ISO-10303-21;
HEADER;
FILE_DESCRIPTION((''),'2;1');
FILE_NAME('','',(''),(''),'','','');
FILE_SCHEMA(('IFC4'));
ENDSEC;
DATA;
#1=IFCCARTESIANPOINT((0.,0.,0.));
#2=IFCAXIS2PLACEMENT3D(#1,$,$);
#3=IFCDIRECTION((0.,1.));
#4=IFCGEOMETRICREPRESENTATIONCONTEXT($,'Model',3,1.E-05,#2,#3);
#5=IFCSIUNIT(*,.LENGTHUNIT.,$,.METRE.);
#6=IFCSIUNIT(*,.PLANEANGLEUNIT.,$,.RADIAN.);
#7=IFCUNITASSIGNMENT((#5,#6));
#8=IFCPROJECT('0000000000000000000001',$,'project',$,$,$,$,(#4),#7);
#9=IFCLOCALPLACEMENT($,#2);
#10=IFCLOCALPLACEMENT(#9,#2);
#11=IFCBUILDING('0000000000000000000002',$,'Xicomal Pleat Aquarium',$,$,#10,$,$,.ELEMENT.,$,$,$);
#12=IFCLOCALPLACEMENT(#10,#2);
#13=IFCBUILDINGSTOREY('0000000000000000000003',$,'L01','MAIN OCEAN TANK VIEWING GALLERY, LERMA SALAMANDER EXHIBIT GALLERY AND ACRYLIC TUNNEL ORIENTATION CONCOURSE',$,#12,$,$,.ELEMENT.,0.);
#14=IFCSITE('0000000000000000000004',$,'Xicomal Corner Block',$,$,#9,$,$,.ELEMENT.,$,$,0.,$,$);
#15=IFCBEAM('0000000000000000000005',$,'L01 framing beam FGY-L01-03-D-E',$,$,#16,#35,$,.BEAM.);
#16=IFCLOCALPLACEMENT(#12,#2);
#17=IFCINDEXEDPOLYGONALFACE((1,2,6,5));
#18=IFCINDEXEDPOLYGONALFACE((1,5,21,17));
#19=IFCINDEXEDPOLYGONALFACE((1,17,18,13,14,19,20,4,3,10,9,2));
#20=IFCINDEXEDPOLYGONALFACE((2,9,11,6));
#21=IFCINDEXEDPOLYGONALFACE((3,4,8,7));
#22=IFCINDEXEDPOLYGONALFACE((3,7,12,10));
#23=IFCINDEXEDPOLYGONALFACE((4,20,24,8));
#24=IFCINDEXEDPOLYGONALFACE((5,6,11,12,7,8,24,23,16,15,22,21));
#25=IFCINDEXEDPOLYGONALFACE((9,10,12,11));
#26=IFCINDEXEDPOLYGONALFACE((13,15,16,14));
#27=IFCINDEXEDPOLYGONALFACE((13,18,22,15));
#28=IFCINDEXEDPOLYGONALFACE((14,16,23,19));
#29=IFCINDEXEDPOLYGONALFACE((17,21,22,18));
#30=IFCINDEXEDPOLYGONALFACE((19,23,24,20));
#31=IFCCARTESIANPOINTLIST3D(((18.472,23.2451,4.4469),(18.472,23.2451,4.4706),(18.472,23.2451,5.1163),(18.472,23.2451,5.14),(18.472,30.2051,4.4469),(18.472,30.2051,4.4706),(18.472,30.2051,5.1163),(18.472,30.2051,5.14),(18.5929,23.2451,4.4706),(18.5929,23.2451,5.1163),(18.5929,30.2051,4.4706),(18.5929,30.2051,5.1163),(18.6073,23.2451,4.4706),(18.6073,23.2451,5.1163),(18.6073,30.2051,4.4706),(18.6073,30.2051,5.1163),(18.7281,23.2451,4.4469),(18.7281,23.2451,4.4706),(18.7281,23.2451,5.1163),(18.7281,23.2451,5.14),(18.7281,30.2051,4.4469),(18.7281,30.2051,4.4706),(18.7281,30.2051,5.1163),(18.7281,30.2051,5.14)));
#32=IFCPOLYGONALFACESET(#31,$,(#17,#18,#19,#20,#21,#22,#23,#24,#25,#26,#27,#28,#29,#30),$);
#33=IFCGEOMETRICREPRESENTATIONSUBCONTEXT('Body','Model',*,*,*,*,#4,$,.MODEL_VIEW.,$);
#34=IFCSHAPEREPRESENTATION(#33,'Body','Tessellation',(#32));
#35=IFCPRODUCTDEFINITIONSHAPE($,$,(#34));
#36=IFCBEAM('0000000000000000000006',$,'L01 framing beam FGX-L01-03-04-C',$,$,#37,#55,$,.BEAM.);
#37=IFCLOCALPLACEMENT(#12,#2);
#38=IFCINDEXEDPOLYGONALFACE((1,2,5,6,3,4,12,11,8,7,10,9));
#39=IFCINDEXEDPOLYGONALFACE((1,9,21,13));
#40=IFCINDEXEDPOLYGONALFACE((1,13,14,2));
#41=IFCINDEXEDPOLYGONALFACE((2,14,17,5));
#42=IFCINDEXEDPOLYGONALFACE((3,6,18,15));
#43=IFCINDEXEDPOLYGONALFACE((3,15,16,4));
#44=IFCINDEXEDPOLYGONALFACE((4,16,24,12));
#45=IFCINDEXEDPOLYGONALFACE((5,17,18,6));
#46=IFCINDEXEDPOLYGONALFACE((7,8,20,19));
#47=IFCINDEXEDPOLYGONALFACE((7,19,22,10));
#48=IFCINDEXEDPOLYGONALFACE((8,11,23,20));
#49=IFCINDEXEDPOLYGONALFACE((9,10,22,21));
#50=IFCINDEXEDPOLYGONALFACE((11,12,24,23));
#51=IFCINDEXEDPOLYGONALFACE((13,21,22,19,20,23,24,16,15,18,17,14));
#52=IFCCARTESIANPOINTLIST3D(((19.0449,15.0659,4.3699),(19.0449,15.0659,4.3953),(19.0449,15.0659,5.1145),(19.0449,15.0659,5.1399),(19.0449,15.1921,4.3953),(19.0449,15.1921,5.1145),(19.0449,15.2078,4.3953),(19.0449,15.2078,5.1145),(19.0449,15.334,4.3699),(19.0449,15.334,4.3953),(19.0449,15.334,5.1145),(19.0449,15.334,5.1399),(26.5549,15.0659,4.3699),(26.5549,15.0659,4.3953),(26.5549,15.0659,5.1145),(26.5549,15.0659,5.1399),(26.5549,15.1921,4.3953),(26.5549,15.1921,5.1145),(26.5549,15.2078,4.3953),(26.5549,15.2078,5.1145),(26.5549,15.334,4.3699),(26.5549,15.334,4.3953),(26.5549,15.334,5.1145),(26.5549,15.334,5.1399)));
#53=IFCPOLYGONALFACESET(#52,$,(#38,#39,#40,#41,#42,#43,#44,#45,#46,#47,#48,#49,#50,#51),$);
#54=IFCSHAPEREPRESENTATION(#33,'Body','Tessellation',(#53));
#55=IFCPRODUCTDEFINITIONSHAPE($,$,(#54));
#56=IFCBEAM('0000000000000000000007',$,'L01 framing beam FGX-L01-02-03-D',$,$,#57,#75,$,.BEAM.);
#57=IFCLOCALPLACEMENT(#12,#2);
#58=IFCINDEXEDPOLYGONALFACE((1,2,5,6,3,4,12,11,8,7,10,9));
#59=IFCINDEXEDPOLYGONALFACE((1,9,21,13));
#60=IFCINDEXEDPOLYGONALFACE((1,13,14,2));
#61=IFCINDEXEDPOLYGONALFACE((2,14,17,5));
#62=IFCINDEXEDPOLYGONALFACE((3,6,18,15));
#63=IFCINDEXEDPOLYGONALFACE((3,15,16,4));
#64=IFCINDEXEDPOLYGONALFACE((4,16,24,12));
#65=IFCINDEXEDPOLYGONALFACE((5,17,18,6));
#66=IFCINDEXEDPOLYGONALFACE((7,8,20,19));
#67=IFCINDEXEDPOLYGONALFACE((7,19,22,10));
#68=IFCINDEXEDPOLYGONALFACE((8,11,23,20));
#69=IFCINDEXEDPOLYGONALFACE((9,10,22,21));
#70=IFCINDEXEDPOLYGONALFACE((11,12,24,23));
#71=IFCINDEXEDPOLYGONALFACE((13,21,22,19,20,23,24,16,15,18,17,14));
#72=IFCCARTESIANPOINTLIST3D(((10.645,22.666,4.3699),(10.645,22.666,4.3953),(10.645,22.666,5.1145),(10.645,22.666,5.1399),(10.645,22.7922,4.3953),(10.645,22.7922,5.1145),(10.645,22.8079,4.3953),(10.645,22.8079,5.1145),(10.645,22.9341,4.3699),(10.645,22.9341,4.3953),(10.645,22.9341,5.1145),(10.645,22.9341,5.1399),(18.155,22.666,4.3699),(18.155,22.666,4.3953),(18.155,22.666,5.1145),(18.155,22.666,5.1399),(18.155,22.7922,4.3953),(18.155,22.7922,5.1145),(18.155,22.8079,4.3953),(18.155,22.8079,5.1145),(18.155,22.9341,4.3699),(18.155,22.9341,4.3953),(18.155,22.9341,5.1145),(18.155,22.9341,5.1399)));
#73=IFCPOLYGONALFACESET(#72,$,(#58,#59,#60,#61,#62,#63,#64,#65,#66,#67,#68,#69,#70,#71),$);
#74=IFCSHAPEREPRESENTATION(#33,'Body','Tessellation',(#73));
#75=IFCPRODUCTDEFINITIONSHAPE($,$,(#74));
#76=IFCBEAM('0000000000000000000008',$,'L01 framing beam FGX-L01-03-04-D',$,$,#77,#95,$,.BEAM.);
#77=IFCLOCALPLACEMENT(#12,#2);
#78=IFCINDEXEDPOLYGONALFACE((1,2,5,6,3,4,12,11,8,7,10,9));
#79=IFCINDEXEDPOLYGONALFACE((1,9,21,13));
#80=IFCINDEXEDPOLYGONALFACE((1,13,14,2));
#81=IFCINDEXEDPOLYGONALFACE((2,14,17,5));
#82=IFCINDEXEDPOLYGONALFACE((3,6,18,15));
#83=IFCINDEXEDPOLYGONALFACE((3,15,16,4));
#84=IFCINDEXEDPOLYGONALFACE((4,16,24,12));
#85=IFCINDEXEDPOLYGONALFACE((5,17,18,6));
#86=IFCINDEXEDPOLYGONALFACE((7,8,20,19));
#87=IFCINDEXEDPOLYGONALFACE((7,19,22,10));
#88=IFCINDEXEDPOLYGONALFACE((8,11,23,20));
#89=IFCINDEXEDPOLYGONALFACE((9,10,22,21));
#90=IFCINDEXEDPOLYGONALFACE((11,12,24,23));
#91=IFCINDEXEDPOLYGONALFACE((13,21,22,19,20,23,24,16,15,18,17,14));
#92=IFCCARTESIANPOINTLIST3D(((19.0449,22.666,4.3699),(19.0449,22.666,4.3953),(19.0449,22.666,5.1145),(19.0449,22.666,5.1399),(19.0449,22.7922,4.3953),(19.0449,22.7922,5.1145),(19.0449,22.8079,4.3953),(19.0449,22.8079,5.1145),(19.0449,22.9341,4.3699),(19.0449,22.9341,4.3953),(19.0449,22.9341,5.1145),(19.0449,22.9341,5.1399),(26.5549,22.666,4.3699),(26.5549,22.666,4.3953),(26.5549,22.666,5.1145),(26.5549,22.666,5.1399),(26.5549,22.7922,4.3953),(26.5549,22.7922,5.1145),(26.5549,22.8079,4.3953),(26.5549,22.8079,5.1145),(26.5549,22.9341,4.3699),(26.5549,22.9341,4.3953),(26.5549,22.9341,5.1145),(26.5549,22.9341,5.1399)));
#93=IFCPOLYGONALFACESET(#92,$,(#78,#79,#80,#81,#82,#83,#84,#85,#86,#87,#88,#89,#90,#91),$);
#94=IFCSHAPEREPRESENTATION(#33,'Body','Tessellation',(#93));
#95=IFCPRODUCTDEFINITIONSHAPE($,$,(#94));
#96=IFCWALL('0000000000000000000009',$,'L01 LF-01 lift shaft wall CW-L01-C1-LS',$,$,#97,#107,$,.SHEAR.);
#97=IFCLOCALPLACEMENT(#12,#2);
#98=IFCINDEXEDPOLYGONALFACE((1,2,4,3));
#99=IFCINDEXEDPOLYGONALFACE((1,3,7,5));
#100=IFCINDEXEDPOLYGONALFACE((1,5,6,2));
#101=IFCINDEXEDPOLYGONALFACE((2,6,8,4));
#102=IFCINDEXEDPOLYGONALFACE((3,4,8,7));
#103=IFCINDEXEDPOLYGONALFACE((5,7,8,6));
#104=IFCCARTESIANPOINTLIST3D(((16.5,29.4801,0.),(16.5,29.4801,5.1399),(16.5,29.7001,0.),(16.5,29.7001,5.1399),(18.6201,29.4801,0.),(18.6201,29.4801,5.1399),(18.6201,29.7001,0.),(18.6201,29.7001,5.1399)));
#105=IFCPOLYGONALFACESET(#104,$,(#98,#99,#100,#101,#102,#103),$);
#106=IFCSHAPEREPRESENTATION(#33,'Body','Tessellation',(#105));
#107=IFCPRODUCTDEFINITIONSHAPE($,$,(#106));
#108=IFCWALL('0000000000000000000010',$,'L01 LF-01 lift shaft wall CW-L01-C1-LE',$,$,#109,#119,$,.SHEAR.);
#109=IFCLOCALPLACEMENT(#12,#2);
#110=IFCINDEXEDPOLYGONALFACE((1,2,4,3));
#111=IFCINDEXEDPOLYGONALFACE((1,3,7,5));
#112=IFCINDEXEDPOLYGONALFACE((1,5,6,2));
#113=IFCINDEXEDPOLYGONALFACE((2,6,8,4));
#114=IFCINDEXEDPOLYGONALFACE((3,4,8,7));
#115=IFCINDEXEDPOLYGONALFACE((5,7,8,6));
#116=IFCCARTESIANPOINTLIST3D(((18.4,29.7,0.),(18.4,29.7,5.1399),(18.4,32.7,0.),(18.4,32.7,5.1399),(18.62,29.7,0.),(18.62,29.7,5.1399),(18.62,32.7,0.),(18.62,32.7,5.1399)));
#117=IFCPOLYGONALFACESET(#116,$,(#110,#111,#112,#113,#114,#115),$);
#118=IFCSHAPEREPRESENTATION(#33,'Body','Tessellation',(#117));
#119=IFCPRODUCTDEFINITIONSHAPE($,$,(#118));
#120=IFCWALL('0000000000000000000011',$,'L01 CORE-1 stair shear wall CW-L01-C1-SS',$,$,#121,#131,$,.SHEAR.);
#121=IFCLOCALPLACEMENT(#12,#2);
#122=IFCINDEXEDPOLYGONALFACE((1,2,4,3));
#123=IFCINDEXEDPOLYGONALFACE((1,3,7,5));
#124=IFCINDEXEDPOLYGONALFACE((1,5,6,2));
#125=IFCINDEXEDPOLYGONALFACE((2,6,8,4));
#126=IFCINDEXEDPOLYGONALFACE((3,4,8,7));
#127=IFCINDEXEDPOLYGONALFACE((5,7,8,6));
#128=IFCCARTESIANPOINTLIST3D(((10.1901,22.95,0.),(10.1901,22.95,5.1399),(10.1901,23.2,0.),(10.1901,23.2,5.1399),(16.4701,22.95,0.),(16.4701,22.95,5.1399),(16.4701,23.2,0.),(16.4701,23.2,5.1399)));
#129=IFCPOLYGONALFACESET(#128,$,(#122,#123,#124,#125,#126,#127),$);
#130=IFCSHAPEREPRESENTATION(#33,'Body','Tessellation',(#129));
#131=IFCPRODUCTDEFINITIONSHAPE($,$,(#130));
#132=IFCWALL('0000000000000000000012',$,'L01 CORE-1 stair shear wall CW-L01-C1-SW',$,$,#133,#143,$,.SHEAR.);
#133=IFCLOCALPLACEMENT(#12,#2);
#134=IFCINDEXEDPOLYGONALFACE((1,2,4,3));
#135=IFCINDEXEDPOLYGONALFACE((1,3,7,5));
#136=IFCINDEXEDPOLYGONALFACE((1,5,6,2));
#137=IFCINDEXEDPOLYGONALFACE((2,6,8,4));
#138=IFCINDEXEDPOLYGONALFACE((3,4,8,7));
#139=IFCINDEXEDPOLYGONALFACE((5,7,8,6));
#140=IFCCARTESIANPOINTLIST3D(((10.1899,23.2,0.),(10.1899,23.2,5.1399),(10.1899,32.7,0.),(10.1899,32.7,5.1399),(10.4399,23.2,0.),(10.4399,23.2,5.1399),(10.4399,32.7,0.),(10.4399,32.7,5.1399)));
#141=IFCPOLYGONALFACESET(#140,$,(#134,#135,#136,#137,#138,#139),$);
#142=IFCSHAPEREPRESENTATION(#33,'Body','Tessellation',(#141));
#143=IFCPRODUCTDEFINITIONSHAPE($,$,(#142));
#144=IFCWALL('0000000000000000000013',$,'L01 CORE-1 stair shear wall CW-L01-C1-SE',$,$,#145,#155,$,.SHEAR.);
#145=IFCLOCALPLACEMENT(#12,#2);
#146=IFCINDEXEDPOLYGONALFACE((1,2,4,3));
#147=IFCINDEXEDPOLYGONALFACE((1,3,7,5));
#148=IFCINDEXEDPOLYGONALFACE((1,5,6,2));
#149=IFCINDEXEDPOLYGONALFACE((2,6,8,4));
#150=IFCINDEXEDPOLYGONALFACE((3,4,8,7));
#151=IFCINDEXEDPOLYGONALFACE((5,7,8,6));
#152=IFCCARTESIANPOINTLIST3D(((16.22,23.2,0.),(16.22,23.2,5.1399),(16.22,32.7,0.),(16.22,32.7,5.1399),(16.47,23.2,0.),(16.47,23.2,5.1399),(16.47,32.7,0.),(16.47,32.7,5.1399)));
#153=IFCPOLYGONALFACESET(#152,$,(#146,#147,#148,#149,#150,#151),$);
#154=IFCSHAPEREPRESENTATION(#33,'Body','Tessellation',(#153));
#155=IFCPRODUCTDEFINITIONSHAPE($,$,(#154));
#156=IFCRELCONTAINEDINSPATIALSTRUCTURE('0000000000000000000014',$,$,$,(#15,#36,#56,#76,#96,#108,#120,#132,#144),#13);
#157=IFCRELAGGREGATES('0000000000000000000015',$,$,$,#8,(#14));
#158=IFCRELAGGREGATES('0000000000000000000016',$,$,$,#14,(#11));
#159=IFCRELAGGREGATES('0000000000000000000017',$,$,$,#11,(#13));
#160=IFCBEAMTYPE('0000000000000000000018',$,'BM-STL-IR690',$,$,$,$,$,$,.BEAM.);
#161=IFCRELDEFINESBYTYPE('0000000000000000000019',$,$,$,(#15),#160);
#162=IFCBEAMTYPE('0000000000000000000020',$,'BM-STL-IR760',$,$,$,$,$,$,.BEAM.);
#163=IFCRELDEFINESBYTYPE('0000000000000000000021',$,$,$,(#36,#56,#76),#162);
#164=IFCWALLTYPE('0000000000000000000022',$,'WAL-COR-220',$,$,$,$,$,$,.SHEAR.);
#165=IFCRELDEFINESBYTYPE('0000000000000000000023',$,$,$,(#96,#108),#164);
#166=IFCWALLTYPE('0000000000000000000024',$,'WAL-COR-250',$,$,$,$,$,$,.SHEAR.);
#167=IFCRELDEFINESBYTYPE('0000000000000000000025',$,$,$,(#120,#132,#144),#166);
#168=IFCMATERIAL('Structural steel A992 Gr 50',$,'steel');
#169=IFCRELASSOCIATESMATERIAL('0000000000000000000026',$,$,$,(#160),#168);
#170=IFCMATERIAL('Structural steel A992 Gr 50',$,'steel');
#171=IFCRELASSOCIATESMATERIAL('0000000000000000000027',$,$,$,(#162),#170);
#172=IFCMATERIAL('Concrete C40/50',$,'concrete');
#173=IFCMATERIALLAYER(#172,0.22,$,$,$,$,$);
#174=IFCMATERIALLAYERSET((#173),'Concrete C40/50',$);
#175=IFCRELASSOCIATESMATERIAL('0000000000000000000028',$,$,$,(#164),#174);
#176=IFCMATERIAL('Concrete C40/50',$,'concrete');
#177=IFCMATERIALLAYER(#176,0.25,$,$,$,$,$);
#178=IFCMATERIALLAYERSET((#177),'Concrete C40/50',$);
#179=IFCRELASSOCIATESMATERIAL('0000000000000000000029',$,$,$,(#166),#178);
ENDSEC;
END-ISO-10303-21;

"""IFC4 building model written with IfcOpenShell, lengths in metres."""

from ifc_helpers import new_model, si_unit, direction, frame, frame_2d, origin, origin_2d, place, context, subcontext, project, spatial, rectangle, i_section, extrude, material, layer, layer_set, material_profile, profile_set, type_object, element, save


model = new_model("IFC4")

# Units and contexts
model_context = context("Model", 3, precision=1e-05, world=origin(), true_north=direction((0.0, 1.0)))
body_context = subcontext(model_context, "Body", "Model", "MODEL_VIEW")
ifc_project = project(units=[si_unit("LENGTHUNIT", "METRE"), si_unit("PLANEANGLEUNIT", "RADIAN")], contexts=[model_context])

# Site, building, storey
site_placement = place(None, origin())
site = spatial("IfcSite", under=ifc_project, at=site_placement, Name="Xicomal Corner Block", CompositionType="ELEMENT", RefElevation=0.0)
building_placement = place(site_placement, origin())
building = spatial("IfcBuilding", under=site, at=building_placement, Name="Xicomal Pleat Aquarium", CompositionType="ELEMENT")
storey_placement = place(building_placement, origin())
storey = spatial("IfcBuildingStorey", under=building, at=storey_placement, Name="L01", Description="MAIN OCEAN TANK VIEWING GALLERY, LERMA SALAMANDER EXHIBIT GALLERY AND ACRYLIC TUNNEL ORIENTATION CONCOURSE", CompositionType="ELEMENT", Elevation=0.0)

# Beams
ifc_material_1 = material(Name="Structural steel A992 Gr 50", Category="steel")
ifc_material_profile_1 = material_profile(ifc_material_1, i_section(OverallWidth=0.2561, OverallDepth=0.6931, WebThickness=0.0144, FlangeThickness=0.0237, at=origin_2d()), Name="IR 690x170")
ifc_profile_set_1 = profile_set([ifc_material_profile_1], Name="Structural steel A992 Gr 50")
beam_type_1 = type_object("IfcBeamType", Name="BM-STL-IR690", PredefinedType="BEAM", material=ifc_profile_set_1)
beam_1_placement = place(storey_placement, frame((18.6001, 23.2451, 4.7935), z_axis=(0.0, 1.0, 0.0), x_axis=(-1.0, 0.0, 0.0)))
element("IfcBeam", 1, at=beam_1_placement, inside=storey, type_object=beam_type_1, Name="L01 framing beam FGY-L01-03-D-E", PredefinedType="BEAM", context=body_context, shape_type="SweptSolid", body=[
    extrude(i_section(OverallWidth=0.2561, OverallDepth=0.6931, WebThickness=0.0144, FlangeThickness=0.0237, at=origin_2d()), origin(), (0.0, 0.0, 1.0), 6.96),
])
ifc_material_2 = material(Name="Structural steel A992 Gr 50", Category="steel")
ifc_material_profile_2 = material_profile(ifc_material_2, i_section(OverallWidth=0.2681, OverallDepth=0.77, WebThickness=0.0156, FlangeThickness=0.0254, at=origin_2d()), Name="IR 760x196")
ifc_profile_set_2 = profile_set([ifc_material_profile_2], Name="Structural steel A992 Gr 50")
beam_type_2 = type_object("IfcBeamType", Name="BM-STL-IR760", PredefinedType="BEAM", material=ifc_profile_set_2)
for number, where, z_axis, x_axis, name in (
    (2, (19.0449, 15.2, 4.7549), (1.0, 0.0, 0.0), (0.0, 1.0, 0.0), "L01 framing beam FGX-L01-03-04-C"),
    (3, (10.645, 22.8, 4.7549), (1.0, 0.0, 0.0), (0.0, 1.0, 0.0), "L01 framing beam FGX-L01-02-03-D"),
    (4, (19.0449, 22.8, 4.7549), (1.0, 0.0, 0.0), (0.0, 1.0, 0.0), "L01 framing beam FGX-L01-03-04-D"),
):
    element("IfcBeam", number, at=place(storey_placement, frame(where, z_axis=z_axis, x_axis=x_axis)), inside=storey, type_object=beam_type_2, Name=name, PredefinedType="BEAM", context=body_context, shape_type="SweptSolid", body=[
        extrude(i_section(OverallWidth=0.2681, OverallDepth=0.77, WebThickness=0.0156, FlangeThickness=0.0254, at=origin_2d()), origin(), (0.0, 0.0, 1.0), 7.51),
    ])

# Walls
ifc_material_3 = material(Name="Concrete C40/50", Category="concrete")
ifc_layer_1 = layer(ifc_material_3, 0.22)
ifc_layer_set_1 = layer_set([ifc_layer_1], Name="Concrete C40/50")
wall_type_1 = type_object("IfcWallType", Name="WAL-COR-220", PredefinedType="SHEAR", material=ifc_layer_set_1)
wall_1_placement = place(storey_placement, frame((16.5, 29.5901, 0.0), z_axis=(0.0, 0.0, 1.0), x_axis=(1.0, 0.0, 0.0)))
element("IfcWall", 5, at=wall_1_placement, inside=storey, type_object=wall_type_1, Name="L01 LF-01 lift shaft wall CW-L01-C1-LS", PredefinedType="SHEAR", context=body_context, shape_type="SweptSolid", body=[
    extrude(rectangle(XDim=2.1201, YDim=0.22, at=frame_2d((1.0601, 0.0))), origin(), (0.0, 0.0, 1.0), 5.1399),
])
wall_2_placement = place(storey_placement, frame((18.51, 29.7, 0.0), z_axis=(0.0, 0.0, 1.0), x_axis=(0.0, 1.0, 0.0)))
element("IfcWall", 6, at=wall_2_placement, inside=storey, type_object=wall_type_1, Name="L01 LF-01 lift shaft wall CW-L01-C1-LE", PredefinedType="SHEAR", context=body_context, shape_type="SweptSolid", body=[
    extrude(rectangle(XDim=3.0, YDim=0.22, at=frame_2d((1.5, 0.0))), origin(), (0.0, 0.0, 1.0), 5.1399),
])
ifc_material_4 = material(Name="Concrete C40/50", Category="concrete")
ifc_layer_2 = layer(ifc_material_4, 0.25)
ifc_layer_set_2 = layer_set([ifc_layer_2], Name="Concrete C40/50")
wall_type_2 = type_object("IfcWallType", Name="WAL-COR-250", PredefinedType="SHEAR", material=ifc_layer_set_2)
wall_3_placement = place(storey_placement, frame((10.1899, 23.075, 0.0), z_axis=(0.0, 0.0, 1.0), x_axis=(1.0, 0.0, 0.0)))
element("IfcWall", 7, at=wall_3_placement, inside=storey, type_object=wall_type_2, Name="L01 CORE-1 stair shear wall CW-L01-C1-SS", PredefinedType="SHEAR", context=body_context, shape_type="SweptSolid", body=[
    extrude(rectangle(XDim=6.28, YDim=0.25, at=frame_2d((3.1401, 0.0))), origin(), (0.0, 0.0, 1.0), 5.1399),
])
for number, where, z_axis, x_axis, name in (
    (8, (10.3149, 23.2, 0.0), (0.0, 0.0, 1.0), (0.0, 1.0, 0.0), "L01 CORE-1 stair shear wall CW-L01-C1-SW"),
    (9, (16.345, 23.2, 0.0), (0.0, 0.0, 1.0), (0.0, 1.0, 0.0), "L01 CORE-1 stair shear wall CW-L01-C1-SE"),
):
    element("IfcWall", number, at=place(storey_placement, frame(where, z_axis=z_axis, x_axis=x_axis)), inside=storey, type_object=wall_type_2, Name=name, PredefinedType="SHEAR", context=body_context, shape_type="SweptSolid", body=[
        extrude(rectangle(XDim=9.5, YDim=0.25, at=frame_2d((4.75, 0.0))), origin(), (0.0, 0.0, 1.0), 5.1399),
    ])

save(model, "model.ifc")
